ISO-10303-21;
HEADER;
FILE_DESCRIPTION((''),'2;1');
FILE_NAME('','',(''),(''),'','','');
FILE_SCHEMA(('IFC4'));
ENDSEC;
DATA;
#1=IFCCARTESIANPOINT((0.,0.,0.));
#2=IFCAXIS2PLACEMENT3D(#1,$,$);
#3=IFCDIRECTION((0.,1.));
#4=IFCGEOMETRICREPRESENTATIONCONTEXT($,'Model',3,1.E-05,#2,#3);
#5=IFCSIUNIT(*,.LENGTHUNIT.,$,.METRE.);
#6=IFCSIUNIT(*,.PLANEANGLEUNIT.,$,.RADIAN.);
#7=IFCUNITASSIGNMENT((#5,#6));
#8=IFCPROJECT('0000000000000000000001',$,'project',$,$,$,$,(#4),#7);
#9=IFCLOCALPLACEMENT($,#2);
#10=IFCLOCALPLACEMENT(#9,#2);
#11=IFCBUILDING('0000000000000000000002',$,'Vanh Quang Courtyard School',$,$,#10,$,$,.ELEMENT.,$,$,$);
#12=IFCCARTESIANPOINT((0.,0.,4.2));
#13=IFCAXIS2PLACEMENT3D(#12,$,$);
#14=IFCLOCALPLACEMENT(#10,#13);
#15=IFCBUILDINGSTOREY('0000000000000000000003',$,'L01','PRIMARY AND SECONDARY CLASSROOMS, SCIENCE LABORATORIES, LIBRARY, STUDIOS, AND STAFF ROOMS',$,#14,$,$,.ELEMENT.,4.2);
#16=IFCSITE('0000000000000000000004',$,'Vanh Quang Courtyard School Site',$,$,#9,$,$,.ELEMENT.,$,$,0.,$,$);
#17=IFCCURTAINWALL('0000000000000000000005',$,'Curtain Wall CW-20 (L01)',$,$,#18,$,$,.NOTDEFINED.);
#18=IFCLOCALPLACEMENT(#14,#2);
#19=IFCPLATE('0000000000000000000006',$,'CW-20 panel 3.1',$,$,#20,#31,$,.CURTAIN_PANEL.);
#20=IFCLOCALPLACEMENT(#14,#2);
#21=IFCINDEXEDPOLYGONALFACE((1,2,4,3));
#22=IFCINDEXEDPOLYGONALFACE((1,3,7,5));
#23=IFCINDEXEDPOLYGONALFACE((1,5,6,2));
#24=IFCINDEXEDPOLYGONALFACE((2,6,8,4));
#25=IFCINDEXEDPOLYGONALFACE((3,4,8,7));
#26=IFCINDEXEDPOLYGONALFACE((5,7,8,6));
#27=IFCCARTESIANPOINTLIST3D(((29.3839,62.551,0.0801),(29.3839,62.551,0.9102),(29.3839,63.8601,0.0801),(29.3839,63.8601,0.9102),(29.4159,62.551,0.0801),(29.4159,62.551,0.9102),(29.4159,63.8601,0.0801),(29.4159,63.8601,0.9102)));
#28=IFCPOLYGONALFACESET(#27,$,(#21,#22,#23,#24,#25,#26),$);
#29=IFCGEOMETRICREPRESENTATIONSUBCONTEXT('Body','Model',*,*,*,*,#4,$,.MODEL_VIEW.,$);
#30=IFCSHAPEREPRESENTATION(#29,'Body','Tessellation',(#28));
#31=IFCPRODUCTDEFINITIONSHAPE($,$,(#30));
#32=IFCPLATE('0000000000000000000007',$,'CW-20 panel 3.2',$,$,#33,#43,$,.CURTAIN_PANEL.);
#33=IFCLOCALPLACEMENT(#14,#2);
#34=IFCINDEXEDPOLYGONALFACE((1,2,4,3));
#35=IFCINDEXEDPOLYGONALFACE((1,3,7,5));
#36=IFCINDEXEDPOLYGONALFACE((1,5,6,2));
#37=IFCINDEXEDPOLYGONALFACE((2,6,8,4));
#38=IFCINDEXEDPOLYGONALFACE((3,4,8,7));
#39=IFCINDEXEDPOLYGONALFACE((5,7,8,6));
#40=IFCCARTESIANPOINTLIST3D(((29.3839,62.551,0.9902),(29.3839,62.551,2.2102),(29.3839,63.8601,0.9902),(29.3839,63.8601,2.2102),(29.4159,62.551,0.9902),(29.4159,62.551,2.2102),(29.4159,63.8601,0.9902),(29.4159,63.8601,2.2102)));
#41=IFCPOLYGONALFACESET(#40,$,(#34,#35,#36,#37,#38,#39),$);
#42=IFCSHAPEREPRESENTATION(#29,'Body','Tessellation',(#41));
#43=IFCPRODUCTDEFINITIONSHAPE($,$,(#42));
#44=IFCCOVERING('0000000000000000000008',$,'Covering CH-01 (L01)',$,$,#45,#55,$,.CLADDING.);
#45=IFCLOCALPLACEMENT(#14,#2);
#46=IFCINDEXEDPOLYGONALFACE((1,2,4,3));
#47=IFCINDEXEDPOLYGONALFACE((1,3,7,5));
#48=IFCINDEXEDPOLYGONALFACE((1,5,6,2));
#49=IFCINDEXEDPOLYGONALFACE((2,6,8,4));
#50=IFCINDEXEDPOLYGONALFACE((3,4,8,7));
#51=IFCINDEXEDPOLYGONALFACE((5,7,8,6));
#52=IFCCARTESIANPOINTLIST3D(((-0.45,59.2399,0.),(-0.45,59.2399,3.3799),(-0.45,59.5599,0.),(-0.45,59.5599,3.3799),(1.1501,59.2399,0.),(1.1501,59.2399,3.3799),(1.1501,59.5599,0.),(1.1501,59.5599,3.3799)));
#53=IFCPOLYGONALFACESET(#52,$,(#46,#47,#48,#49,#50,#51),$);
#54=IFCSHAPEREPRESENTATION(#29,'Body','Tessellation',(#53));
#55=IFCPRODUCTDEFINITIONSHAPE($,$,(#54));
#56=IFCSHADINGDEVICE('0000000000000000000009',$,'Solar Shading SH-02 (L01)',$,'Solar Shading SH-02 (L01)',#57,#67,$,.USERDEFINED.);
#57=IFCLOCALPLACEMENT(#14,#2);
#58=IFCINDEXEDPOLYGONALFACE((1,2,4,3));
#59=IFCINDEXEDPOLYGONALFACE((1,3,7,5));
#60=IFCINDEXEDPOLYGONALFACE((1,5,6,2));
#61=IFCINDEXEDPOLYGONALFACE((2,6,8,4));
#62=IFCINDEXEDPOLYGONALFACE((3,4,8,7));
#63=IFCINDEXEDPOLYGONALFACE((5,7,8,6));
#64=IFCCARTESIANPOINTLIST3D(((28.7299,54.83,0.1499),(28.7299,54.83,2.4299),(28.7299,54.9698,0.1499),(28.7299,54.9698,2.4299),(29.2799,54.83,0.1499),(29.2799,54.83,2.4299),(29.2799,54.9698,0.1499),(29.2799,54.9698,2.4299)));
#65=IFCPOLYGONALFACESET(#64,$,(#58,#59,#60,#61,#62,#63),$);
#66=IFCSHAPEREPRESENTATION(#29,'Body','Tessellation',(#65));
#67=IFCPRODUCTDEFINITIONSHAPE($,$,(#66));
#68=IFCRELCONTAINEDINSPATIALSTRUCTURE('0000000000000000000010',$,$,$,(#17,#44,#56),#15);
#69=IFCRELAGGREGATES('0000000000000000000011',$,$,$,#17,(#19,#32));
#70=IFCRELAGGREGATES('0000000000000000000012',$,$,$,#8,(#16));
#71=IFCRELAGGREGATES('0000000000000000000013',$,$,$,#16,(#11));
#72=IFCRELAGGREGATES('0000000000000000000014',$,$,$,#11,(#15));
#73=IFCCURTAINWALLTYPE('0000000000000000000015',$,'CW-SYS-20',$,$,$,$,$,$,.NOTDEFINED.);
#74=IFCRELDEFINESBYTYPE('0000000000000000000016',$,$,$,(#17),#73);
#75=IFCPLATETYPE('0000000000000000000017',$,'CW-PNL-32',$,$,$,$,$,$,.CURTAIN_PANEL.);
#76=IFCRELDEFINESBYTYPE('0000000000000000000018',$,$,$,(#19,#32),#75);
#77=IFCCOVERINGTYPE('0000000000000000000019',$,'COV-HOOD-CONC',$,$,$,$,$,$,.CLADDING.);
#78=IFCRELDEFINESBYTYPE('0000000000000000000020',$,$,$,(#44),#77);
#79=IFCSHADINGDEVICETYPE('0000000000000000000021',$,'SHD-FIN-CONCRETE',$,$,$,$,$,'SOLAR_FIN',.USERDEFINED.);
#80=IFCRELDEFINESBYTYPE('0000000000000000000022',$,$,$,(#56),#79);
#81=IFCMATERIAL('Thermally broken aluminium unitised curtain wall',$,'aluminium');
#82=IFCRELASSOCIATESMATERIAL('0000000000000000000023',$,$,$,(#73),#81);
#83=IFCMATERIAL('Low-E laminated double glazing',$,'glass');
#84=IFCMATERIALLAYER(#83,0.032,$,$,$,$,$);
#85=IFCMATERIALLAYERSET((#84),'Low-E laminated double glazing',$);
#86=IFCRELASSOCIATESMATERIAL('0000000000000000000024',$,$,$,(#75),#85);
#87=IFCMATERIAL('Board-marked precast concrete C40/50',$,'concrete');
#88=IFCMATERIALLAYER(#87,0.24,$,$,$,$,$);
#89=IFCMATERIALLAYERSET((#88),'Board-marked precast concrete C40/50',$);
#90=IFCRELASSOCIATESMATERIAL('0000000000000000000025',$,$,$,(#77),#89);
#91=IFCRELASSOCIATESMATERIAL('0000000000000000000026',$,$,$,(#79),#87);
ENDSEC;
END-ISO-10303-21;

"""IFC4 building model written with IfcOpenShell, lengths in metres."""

from ifc_helpers import new_model, si_unit, direction, frame, origin, origin_2d, place, context, subcontext, project, spatial, rectangle, extrude, material, layer, layer_set, type_object, element, aggregate, save


model = new_model("IFC4")

# Units and contexts
model_context = context("Model", 3, precision=1e-05, world=origin(), true_north=direction((0.0, 1.0)))
body_context = subcontext(model_context, "Body", "Model", "MODEL_VIEW")
ifc_project = project(units=[si_unit("LENGTHUNIT", "METRE"), si_unit("PLANEANGLEUNIT", "RADIAN")], contexts=[model_context])

# Site, building, storey
site_placement = place(None, origin())
site = spatial("IfcSite", under=ifc_project, at=site_placement, Name="Vanh Quang Courtyard School Site", CompositionType="ELEMENT", RefElevation=0.0)
building_placement = place(site_placement, origin())
building = spatial("IfcBuilding", under=site, at=building_placement, Name="Vanh Quang Courtyard School", CompositionType="ELEMENT")
storey_placement = place(building_placement, frame((0.0, 0.0, 4.2)))
storey = spatial("IfcBuildingStorey", under=building, at=storey_placement, Name="L01", Description="PRIMARY AND SECONDARY CLASSROOMS, SCIENCE LABORATORIES, LIBRARY, STUDIOS, AND STAFF ROOMS", CompositionType="ELEMENT", Elevation=4.2)

# Curtain wall, plates
ifc_material_1 = material(Name="Thermally broken aluminium unitised curtain wall", Category="aluminium")
curtain_wall_type = type_object("IfcCurtainWallType", Name="CW-SYS-20", PredefinedType="NOTDEFINED", material=ifc_material_1)
curtain_wall_placement = place(storey_placement, origin())
curtain_wall = element("IfcCurtainWall", 1, at=curtain_wall_placement, inside=storey, type_object=curtain_wall_type, Name="Curtain Wall CW-20 (L01)", PredefinedType="NOTDEFINED")
ifc_material_2 = material(Name="Low-E laminated double glazing", Category="glass")
ifc_layer_1 = layer(ifc_material_2, 0.032)
ifc_layer_set_1 = layer_set([ifc_layer_1], Name="Low-E laminated double glazing")
plate_type = type_object("IfcPlateType", Name="CW-PNL-32", PredefinedType="CURTAIN_PANEL", material=ifc_layer_set_1)
plate_1_placement = place(storey_placement, frame((29.3999, 63.2056, 0.0801), z_axis=(0.0, 0.0, 1.0), x_axis=(0.0, 1.0, 0.0)))
plate_1 = element("IfcPlate", 2, at=plate_1_placement, type_object=plate_type, Name="CW-20 panel 3.1", PredefinedType="CURTAIN_PANEL", context=body_context, shape_type="SweptSolid", body=[
    extrude(rectangle(XDim=1.3091, YDim=0.032, at=origin_2d()), origin(), (0.0, 0.0, 1.0), 0.8301),
])
plate_2_placement = place(storey_placement, frame((29.3999, 63.2056, 0.9902), z_axis=(0.0, 0.0, 1.0), x_axis=(0.0, 1.0, 0.0)))
plate_2 = element("IfcPlate", 3, at=plate_2_placement, type_object=plate_type, Name="CW-20 panel 3.2", PredefinedType="CURTAIN_PANEL", context=body_context, shape_type="SweptSolid", body=[
    extrude(rectangle(XDim=1.3091, YDim=0.032, at=origin_2d()), origin(), (0.0, 0.0, 1.0), 1.22),
])
aggregate(curtain_wall, [plate_1, plate_2])

# Covering
ifc_material_3 = material(Name="Board-marked precast concrete C40/50", Category="concrete")
ifc_layer_2 = layer(ifc_material_3, 0.24)
ifc_layer_set_2 = layer_set([ifc_layer_2], Name="Board-marked precast concrete C40/50")
covering_type = type_object("IfcCoveringType", Name="COV-HOOD-CONC", PredefinedType="CLADDING", material=ifc_layer_set_2)
covering_placement = place(storey_placement, frame((0.3501, 59.3999, 0.0), z_axis=(0.0, 0.0, 1.0), x_axis=(1.0, 0.0, 0.0)))
element("IfcCovering", 4, at=covering_placement, inside=storey, type_object=covering_type, Name="Covering CH-01 (L01)", PredefinedType="CLADDING", context=body_context, shape_type="SweptSolid", body=[
    extrude(rectangle(XDim=1.6001, YDim=0.3201, at=origin_2d()), origin(), (0.0, 0.0, 1.0), 3.3799),
])

# Shading device
shading_device_type = type_object("IfcShadingDeviceType", Name="SHD-FIN-CONCRETE", ElementType="SOLAR_FIN", PredefinedType="USERDEFINED", material=ifc_material_3)
shading_device_placement = place(storey_placement, frame((29.0049, 54.8999, 0.1499), z_axis=(0.0, 0.0, 1.0), x_axis=(0.0, 1.0, 0.0)))
element("IfcShadingDevice", 5, at=shading_device_placement, inside=storey, type_object=shading_device_type, Name="Solar Shading SH-02 (L01)", ObjectType="Solar Shading SH-02 (L01)", PredefinedType="USERDEFINED", context=body_context, shape_type="SweptSolid", body=[
    extrude(rectangle(XDim=0.1399, YDim=0.55, at=origin_2d()), origin(), (0.0, 0.0, 1.0), 2.28),
])

save(model, "model.ifc")
